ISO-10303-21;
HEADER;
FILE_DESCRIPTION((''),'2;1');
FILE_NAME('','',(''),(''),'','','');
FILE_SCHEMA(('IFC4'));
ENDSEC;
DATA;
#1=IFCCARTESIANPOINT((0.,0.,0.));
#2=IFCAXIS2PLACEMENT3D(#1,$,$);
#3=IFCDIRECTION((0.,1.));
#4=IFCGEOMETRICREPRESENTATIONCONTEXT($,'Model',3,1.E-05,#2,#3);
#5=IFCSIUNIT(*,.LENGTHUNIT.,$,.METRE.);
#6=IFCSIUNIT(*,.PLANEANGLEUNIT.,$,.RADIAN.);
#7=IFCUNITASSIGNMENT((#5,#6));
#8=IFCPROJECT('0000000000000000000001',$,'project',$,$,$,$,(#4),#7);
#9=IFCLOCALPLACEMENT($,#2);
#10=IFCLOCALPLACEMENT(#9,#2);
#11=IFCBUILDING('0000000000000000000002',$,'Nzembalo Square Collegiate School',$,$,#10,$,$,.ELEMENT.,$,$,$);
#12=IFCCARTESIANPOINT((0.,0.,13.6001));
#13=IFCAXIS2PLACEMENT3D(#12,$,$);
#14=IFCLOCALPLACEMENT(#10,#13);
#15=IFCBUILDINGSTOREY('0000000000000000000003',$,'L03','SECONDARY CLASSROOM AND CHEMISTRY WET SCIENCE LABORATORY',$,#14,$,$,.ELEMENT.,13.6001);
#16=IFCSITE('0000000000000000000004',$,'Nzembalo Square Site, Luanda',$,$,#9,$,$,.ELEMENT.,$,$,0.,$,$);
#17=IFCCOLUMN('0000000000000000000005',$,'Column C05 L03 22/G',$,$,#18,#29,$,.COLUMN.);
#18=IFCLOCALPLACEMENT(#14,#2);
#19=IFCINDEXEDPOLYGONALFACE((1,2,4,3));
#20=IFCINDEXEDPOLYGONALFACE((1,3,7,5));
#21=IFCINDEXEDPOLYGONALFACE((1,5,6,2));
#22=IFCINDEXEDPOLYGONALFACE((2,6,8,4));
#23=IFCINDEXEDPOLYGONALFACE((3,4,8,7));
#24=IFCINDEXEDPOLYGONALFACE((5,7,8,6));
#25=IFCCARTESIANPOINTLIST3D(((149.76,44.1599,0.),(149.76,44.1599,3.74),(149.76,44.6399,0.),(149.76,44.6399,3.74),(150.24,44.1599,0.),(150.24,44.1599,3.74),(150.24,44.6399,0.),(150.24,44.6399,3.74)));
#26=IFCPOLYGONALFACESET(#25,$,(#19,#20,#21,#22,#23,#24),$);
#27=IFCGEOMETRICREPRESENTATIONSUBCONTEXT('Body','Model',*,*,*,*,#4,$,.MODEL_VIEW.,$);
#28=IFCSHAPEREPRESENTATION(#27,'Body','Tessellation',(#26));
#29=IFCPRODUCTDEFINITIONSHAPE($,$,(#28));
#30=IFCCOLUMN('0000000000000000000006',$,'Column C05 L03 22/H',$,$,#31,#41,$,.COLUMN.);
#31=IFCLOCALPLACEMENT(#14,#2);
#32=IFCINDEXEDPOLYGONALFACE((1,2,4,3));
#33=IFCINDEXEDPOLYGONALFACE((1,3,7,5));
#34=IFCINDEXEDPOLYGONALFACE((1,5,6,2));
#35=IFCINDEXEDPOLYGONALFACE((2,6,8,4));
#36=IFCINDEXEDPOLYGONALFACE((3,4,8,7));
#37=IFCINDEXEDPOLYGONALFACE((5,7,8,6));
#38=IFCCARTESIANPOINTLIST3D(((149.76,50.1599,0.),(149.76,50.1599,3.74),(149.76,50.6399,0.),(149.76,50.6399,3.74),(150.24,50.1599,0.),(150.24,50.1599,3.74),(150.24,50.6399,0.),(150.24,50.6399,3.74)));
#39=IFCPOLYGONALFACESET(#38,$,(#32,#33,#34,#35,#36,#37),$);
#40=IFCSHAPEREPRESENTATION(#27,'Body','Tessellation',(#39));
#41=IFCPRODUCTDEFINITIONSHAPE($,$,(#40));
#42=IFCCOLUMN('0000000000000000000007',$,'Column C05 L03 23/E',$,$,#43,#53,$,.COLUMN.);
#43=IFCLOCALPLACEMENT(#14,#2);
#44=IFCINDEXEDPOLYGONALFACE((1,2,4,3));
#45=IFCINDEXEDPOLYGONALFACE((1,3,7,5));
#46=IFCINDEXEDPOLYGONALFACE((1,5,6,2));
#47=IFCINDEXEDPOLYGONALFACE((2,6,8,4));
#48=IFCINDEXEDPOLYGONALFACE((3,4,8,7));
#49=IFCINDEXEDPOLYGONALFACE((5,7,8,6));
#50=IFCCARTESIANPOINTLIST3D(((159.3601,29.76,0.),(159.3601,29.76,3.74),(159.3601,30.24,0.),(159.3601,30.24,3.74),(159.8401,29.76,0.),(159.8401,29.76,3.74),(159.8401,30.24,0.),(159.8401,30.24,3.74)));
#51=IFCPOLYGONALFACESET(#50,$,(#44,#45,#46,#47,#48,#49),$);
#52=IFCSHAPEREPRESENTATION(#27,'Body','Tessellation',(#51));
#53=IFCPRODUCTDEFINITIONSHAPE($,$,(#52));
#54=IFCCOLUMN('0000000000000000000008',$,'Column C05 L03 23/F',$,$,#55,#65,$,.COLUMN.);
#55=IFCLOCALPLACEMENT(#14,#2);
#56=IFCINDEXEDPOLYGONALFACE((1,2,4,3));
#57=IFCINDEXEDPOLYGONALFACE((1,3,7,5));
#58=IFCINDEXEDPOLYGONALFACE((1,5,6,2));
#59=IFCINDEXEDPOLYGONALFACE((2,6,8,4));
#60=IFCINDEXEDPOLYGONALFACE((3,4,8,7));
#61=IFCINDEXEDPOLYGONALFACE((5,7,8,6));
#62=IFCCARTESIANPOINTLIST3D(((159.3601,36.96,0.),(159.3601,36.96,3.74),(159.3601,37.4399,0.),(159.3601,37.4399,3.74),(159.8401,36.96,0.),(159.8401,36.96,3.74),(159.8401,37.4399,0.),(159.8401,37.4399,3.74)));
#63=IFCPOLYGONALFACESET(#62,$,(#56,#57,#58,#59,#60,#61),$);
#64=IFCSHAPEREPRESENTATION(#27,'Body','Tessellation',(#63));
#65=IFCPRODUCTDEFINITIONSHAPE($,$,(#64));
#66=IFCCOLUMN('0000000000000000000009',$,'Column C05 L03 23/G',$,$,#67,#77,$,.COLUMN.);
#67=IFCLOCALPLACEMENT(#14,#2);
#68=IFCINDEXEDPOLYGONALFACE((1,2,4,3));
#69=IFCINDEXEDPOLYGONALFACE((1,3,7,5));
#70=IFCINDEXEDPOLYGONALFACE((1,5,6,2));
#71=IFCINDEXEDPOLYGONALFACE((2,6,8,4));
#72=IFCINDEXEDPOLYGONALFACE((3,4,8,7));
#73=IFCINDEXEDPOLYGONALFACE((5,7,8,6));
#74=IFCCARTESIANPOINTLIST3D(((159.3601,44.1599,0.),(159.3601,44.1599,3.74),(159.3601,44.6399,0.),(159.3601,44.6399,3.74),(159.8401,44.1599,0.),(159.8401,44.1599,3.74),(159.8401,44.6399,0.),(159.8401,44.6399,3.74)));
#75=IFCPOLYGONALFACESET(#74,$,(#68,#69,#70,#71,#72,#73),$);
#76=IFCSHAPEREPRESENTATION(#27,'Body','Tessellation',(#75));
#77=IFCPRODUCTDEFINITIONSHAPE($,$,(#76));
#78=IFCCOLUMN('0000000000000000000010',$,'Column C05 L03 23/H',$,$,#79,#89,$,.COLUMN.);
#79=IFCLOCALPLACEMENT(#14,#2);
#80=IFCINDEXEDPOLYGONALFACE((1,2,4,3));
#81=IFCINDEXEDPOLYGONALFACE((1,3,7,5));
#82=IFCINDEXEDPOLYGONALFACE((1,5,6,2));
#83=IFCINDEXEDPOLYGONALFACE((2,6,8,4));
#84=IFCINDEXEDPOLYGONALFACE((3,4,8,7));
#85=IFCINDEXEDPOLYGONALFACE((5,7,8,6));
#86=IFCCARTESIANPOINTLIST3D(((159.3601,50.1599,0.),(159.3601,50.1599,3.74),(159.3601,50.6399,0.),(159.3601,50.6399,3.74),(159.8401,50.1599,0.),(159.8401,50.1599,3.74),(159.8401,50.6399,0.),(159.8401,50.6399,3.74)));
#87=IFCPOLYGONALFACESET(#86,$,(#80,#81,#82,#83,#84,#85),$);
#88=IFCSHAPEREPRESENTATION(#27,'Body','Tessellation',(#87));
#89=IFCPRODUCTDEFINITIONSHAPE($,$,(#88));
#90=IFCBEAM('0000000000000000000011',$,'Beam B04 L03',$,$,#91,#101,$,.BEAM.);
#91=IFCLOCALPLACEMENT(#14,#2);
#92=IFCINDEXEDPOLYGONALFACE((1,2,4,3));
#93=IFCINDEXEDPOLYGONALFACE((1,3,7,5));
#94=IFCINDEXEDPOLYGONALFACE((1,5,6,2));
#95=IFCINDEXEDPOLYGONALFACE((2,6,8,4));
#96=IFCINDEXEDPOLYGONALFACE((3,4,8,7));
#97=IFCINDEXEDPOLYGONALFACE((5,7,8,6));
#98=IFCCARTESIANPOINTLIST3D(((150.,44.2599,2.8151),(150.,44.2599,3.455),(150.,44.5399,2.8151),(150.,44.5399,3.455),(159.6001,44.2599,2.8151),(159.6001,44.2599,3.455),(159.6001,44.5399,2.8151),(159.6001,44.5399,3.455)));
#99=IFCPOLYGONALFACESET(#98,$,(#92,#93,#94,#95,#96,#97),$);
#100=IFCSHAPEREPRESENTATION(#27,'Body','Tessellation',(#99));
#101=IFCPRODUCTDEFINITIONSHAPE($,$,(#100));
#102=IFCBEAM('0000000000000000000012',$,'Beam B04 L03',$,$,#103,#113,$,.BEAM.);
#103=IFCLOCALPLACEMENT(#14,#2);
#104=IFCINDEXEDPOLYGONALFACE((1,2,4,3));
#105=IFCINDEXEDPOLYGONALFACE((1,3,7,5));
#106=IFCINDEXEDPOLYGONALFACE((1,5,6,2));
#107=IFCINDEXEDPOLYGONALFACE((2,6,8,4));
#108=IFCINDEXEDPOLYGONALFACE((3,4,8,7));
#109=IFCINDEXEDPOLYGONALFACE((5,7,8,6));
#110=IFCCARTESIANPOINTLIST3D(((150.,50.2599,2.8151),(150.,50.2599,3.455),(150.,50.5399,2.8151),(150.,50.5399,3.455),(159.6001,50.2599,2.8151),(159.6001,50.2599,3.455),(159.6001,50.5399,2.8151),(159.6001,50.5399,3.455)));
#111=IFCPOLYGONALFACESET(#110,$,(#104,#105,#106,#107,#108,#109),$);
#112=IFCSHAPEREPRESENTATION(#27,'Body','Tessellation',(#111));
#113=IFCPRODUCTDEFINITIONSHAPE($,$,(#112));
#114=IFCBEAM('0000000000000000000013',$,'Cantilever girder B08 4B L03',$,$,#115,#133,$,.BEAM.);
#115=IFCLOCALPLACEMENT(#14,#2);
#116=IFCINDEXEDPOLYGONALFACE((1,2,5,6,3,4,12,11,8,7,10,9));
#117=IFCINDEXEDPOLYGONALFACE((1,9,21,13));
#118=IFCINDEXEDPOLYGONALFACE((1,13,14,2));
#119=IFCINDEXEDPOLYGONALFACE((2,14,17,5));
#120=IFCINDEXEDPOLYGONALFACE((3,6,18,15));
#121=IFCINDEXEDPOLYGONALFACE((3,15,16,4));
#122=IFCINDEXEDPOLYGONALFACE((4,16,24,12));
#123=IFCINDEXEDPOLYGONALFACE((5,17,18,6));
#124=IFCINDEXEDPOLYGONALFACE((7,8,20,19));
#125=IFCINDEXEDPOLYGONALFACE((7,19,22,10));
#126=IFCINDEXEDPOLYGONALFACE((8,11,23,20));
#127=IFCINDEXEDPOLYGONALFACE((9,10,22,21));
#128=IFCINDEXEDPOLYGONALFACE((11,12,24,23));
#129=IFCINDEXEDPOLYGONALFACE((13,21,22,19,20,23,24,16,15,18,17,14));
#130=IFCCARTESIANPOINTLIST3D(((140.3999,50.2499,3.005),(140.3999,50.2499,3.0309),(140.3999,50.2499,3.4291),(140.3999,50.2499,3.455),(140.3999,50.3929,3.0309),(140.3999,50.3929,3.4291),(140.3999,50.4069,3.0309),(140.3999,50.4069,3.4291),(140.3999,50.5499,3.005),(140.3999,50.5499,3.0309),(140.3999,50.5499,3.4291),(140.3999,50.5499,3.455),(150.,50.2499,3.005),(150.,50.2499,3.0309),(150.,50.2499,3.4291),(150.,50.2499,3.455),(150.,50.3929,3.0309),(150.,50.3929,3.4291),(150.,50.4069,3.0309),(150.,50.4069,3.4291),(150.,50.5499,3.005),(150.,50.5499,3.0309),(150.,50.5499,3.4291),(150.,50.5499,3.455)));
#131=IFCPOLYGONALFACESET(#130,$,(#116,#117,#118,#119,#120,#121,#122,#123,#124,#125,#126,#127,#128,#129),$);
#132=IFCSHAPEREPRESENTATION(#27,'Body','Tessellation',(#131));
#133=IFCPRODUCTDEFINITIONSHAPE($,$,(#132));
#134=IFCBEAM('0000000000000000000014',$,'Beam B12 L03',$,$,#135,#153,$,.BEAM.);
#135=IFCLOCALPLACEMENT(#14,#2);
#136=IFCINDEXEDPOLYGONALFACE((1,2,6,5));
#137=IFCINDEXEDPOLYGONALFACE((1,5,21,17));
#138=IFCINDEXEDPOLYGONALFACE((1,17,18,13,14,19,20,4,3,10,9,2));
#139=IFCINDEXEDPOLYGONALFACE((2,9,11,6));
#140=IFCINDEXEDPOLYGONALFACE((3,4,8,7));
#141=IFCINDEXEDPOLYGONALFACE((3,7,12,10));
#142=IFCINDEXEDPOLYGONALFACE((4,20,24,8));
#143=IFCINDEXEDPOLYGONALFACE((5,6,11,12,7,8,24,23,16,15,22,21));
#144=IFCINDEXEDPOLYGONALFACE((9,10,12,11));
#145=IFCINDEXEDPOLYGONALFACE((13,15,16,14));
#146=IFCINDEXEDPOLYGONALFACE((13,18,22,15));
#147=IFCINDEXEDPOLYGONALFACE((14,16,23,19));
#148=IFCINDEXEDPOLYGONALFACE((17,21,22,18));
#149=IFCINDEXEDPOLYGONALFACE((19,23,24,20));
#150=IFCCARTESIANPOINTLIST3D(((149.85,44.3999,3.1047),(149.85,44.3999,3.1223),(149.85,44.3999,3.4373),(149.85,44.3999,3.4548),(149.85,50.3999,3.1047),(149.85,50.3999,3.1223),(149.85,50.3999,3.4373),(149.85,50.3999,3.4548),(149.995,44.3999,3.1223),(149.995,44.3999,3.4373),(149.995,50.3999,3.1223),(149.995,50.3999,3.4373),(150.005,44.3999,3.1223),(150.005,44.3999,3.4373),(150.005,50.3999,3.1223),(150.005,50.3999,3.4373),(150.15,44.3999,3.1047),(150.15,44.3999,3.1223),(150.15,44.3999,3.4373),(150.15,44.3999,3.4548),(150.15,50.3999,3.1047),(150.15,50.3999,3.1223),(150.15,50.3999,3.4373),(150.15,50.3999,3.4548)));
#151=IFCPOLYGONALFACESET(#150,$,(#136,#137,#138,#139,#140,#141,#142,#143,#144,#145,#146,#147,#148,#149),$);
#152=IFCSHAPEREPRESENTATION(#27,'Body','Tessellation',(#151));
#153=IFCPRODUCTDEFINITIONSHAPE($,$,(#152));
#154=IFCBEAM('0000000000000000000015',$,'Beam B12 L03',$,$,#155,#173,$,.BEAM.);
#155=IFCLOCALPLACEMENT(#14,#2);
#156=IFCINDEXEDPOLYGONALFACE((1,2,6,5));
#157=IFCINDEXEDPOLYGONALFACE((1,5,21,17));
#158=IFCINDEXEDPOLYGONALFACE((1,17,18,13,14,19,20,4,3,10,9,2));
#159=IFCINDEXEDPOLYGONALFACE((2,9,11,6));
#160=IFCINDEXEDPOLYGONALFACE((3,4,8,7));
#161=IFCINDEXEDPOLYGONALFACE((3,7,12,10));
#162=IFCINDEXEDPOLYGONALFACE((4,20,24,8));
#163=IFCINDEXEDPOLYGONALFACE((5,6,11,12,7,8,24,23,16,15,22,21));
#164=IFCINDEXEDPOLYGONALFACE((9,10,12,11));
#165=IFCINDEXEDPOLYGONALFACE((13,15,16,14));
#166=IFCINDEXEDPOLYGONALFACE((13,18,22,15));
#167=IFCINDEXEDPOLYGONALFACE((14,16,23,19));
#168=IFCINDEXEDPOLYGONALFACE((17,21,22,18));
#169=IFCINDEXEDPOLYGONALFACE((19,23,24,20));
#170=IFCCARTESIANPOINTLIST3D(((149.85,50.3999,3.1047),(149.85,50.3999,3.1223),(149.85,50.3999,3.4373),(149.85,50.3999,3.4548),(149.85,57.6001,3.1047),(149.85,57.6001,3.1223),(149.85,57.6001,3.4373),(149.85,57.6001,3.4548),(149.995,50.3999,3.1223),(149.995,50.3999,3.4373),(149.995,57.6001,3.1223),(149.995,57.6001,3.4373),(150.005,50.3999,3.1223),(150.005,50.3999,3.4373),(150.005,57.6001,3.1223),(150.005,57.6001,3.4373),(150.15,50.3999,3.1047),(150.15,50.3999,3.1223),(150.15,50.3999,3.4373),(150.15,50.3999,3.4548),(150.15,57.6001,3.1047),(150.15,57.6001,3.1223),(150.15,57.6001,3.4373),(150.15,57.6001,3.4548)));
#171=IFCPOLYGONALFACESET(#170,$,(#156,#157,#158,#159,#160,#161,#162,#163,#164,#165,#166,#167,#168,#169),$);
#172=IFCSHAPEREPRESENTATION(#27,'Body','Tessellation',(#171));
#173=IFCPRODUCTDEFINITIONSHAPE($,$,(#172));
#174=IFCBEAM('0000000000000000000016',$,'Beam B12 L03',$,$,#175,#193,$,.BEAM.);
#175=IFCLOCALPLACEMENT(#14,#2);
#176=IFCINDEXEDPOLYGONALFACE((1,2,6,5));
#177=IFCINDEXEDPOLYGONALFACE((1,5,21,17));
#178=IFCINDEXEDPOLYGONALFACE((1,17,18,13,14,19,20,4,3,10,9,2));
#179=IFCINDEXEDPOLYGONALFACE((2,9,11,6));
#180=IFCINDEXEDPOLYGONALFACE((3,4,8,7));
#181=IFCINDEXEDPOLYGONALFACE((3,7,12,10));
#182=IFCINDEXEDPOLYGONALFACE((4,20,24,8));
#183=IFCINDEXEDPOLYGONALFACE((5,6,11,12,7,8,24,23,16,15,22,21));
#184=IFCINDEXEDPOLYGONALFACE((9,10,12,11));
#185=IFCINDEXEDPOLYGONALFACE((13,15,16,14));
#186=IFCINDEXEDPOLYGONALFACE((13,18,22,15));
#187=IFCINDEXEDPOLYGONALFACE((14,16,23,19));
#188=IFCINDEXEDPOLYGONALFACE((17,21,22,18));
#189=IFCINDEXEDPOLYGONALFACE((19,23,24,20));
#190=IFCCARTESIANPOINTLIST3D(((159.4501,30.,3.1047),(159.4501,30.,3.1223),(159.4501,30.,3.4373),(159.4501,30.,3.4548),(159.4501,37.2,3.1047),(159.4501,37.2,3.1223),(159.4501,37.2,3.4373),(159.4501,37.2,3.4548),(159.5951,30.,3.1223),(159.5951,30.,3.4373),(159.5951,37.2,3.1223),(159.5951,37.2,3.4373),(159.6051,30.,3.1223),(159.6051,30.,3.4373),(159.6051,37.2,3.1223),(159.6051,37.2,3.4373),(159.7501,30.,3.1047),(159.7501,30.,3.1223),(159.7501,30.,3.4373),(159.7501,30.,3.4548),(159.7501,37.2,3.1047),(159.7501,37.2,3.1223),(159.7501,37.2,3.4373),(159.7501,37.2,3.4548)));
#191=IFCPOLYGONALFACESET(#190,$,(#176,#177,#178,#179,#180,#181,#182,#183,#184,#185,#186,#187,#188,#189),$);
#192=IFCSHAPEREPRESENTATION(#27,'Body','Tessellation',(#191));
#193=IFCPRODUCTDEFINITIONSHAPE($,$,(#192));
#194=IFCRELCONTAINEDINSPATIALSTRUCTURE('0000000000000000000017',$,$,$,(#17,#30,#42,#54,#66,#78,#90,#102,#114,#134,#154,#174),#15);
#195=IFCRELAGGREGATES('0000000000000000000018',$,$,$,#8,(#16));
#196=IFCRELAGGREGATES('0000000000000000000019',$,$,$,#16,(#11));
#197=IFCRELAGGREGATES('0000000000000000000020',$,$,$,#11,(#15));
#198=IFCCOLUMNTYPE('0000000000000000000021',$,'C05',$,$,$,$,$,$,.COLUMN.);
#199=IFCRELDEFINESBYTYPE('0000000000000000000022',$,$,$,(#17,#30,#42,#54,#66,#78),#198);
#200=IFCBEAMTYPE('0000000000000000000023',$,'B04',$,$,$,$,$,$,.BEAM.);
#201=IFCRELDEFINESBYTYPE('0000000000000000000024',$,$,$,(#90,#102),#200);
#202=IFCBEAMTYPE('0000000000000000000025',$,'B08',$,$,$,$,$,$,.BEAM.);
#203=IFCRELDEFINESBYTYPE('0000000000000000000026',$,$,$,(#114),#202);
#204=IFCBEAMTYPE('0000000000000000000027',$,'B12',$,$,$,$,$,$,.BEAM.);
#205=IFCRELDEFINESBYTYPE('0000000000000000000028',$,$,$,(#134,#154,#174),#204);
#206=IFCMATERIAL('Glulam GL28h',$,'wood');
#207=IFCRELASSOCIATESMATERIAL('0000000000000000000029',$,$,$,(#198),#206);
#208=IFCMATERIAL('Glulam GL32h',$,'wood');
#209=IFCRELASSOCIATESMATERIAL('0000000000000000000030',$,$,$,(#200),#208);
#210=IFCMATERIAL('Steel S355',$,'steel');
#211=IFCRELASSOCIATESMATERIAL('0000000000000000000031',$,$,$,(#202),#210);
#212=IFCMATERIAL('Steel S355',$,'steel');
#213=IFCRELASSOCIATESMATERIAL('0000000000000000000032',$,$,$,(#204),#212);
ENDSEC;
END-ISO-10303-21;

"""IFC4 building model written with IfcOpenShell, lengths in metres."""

from ifc_helpers import new_model, si_unit, direction, frame, origin, origin_2d, place, context, subcontext, project, spatial, rectangle, i_section, extrude, material, material_profile, profile_set, type_object, element, save


model = new_model("IFC4")

# Units and contexts
model_context = context("Model", 3, precision=1e-05, world=origin(), true_north=direction((0.0, 1.0)))
body_context = subcontext(model_context, "Body", "Model", "MODEL_VIEW")
ifc_project = project(units=[si_unit("LENGTHUNIT", "METRE"), si_unit("PLANEANGLEUNIT", "RADIAN")], contexts=[model_context])

# Site, building, storey
site_placement = place(None, origin())
site = spatial("IfcSite", under=ifc_project, at=site_placement, Name="Nzembalo Square Site, Luanda", CompositionType="ELEMENT", RefElevation=0.0)
building_placement = place(site_placement, origin())
building = spatial("IfcBuilding", under=site, at=building_placement, Name="Nzembalo Square Collegiate School", CompositionType="ELEMENT")
storey_placement = place(building_placement, frame((0.0, 0.0, 13.6001)))
storey = spatial("IfcBuildingStorey", under=building, at=storey_placement, Name="L03", Description="SECONDARY CLASSROOM AND CHEMISTRY WET SCIENCE LABORATORY", CompositionType="ELEMENT", Elevation=13.6001)

# Columns
ifc_material_1 = material(Name="Glulam GL28h", Category="wood")
ifc_material_profile_1 = material_profile(ifc_material_1, rectangle(XDim=0.48, YDim=0.48, at=origin_2d()), Name="GL28h 480x480")
ifc_profile_set_1 = profile_set([ifc_material_profile_1], Name="Glulam GL28h")
column_type = type_object("IfcColumnType", Name="C05", PredefinedType="COLUMN", material=ifc_profile_set_1)
for number, where, z_axis, x_axis, name in (
    (1, (150.0, 44.3999, 0.0), (0.0, 0.0, 1.0), (1.0, 0.0, 0.0), "Column C05 L03 22/G"),
    (2, (150.0, 50.3999, 0.0), (0.0, 0.0, 1.0), (1.0, 0.0, 0.0), "Column C05 L03 22/H"),
    (3, (159.6001, 30.0, 0.0), (0.0, 0.0, 1.0), (1.0, 0.0, 0.0), "Column C05 L03 23/E"),
    (4, (159.6001, 37.2, 0.0), (0.0, 0.0, 1.0), (1.0, 0.0, 0.0), "Column C05 L03 23/F"),
    (5, (159.6001, 44.3999, 0.0), (0.0, 0.0, 1.0), (1.0, 0.0, 0.0), "Column C05 L03 23/G"),
    (6, (159.6001, 50.3999, 0.0), (0.0, 0.0, 1.0), (1.0, 0.0, 0.0), "Column C05 L03 23/H"),
):
    element("IfcColumn", number, at=place(storey_placement, frame(where, z_axis=z_axis, x_axis=x_axis)), inside=storey, type_object=column_type, Name=name, PredefinedType="COLUMN", context=body_context, shape_type="SweptSolid", body=[
        extrude(rectangle(XDim=0.48, YDim=0.48, at=origin_2d()), origin(), (0.0, 0.0, 1.0), 3.74),
    ])

# Beams
ifc_material_2 = material(Name="Glulam GL32h", Category="wood")
ifc_material_profile_2 = material_profile(ifc_material_2, rectangle(XDim=0.28, YDim=0.6399, at=origin_2d()), Name="GL32h 280x640")
ifc_profile_set_2 = profile_set([ifc_material_profile_2], Name="Glulam GL32h")
beam_type_1 = type_object("IfcBeamType", Name="B04", PredefinedType="BEAM", material=ifc_profile_set_2)
for number, where, z_axis, x_axis, name in (
    (7, (150.0, 44.3999, 3.135), (1.0, 0.0, 0.0), (0.0, 1.0, 0.0), "Beam B04 L03"),
    (8, (150.0, 50.3999, 3.135), (1.0, 0.0, 0.0), (0.0, 1.0, 0.0), "Beam B04 L03"),
):
    element("IfcBeam", number, at=place(storey_placement, frame(where, z_axis=z_axis, x_axis=x_axis)), inside=storey, type_object=beam_type_1, Name=name, PredefinedType="BEAM", context=body_context, shape_type="SweptSolid", body=[
        extrude(rectangle(XDim=0.28, YDim=0.6399, at=origin_2d()), origin(), (0.0, 0.0, 1.0), 9.6001),
    ])
ifc_material_3 = material(Name="Steel S355", Category="steel")
ifc_material_profile_3 = material_profile(ifc_material_3, i_section(OverallWidth=0.3, OverallDepth=0.45, WebThickness=0.0139, FlangeThickness=0.0259, at=origin_2d()), Name="HEB 450")
ifc_profile_set_3 = profile_set([ifc_material_profile_3], Name="Steel S355")
beam_type_2 = type_object("IfcBeamType", Name="B08", PredefinedType="BEAM", material=ifc_profile_set_3)
beam_1_placement = place(storey_placement, frame((150.0, 50.3999, 3.23), z_axis=(-1.0, 0.0, 0.0), x_axis=(0.0, -1.0, 0.0)))
element("IfcBeam", 9, at=beam_1_placement, inside=storey, type_object=beam_type_2, Name="Cantilever girder B08 4B L03", PredefinedType="BEAM", context=body_context, shape_type="SweptSolid", body=[
    extrude(i_section(OverallWidth=0.3, OverallDepth=0.45, WebThickness=0.0139, FlangeThickness=0.0259, at=origin_2d()), origin(), (0.0, 0.0, 1.0), 9.6001),
])
ifc_material_4 = material(Name="Steel S355", Category="steel")
ifc_material_profile_4 = material_profile(ifc_material_4, i_section(OverallWidth=0.3, OverallDepth=0.3501, WebThickness=0.01, FlangeThickness=0.0176, at=origin_2d()), Name="HEA 360")
ifc_profile_set_4 = profile_set([ifc_material_profile_4], Name="Steel S355")
beam_type_3 = type_object("IfcBeamType", Name="B12", PredefinedType="BEAM", material=ifc_profile_set_4)
beam_2_placement = place(storey_placement, frame((150.0, 44.3999, 3.2798), z_axis=(0.0, 1.0, 0.0), x_axis=(-1.0, 0.0, 0.0)))
element("IfcBeam", 10, at=beam_2_placement, inside=storey, type_object=beam_type_3, Name="Beam B12 L03", PredefinedType="BEAM", context=body_context, shape_type="SweptSolid", body=[
    extrude(i_section(OverallWidth=0.3, OverallDepth=0.3501, WebThickness=0.01, FlangeThickness=0.0176, at=origin_2d()), origin(), (0.0, 0.0, 1.0), 6.0),
])
beam_3_placement = place(storey_placement, frame((150.0, 50.3999, 3.2798), z_axis=(0.0, 1.0, 0.0), x_axis=(-1.0, 0.0, 0.0)))
element("IfcBeam", 11, at=beam_3_placement, inside=storey, type_object=beam_type_3, Name="Beam B12 L03", PredefinedType="BEAM", context=body_context, shape_type="SweptSolid", body=[
    extrude(i_section(OverallWidth=0.3, OverallDepth=0.3501, WebThickness=0.01, FlangeThickness=0.0176, at=origin_2d()), origin(), (0.0, 0.0, 1.0), 7.2002),
])
for number, where, z_axis, x_axis, name in (
    (12, (159.6001, 30.0, 3.2798), (0.0, 1.0, 0.0), (-1.0, 0.0, 0.0), "Beam B12 L03"),
):
    element("IfcBeam", number, at=place(storey_placement, frame(where, z_axis=z_axis, x_axis=x_axis)), inside=storey, type_object=beam_type_3, Name=name, PredefinedType="BEAM", context=body_context, shape_type="SweptSolid", body=[
        extrude(i_section(OverallWidth=0.3, OverallDepth=0.3501, WebThickness=0.01, FlangeThickness=0.0176, at=origin_2d()), origin(), (0.0, 0.0, 1.0), 7.2),
    ])

save(model, "model.ifc")
